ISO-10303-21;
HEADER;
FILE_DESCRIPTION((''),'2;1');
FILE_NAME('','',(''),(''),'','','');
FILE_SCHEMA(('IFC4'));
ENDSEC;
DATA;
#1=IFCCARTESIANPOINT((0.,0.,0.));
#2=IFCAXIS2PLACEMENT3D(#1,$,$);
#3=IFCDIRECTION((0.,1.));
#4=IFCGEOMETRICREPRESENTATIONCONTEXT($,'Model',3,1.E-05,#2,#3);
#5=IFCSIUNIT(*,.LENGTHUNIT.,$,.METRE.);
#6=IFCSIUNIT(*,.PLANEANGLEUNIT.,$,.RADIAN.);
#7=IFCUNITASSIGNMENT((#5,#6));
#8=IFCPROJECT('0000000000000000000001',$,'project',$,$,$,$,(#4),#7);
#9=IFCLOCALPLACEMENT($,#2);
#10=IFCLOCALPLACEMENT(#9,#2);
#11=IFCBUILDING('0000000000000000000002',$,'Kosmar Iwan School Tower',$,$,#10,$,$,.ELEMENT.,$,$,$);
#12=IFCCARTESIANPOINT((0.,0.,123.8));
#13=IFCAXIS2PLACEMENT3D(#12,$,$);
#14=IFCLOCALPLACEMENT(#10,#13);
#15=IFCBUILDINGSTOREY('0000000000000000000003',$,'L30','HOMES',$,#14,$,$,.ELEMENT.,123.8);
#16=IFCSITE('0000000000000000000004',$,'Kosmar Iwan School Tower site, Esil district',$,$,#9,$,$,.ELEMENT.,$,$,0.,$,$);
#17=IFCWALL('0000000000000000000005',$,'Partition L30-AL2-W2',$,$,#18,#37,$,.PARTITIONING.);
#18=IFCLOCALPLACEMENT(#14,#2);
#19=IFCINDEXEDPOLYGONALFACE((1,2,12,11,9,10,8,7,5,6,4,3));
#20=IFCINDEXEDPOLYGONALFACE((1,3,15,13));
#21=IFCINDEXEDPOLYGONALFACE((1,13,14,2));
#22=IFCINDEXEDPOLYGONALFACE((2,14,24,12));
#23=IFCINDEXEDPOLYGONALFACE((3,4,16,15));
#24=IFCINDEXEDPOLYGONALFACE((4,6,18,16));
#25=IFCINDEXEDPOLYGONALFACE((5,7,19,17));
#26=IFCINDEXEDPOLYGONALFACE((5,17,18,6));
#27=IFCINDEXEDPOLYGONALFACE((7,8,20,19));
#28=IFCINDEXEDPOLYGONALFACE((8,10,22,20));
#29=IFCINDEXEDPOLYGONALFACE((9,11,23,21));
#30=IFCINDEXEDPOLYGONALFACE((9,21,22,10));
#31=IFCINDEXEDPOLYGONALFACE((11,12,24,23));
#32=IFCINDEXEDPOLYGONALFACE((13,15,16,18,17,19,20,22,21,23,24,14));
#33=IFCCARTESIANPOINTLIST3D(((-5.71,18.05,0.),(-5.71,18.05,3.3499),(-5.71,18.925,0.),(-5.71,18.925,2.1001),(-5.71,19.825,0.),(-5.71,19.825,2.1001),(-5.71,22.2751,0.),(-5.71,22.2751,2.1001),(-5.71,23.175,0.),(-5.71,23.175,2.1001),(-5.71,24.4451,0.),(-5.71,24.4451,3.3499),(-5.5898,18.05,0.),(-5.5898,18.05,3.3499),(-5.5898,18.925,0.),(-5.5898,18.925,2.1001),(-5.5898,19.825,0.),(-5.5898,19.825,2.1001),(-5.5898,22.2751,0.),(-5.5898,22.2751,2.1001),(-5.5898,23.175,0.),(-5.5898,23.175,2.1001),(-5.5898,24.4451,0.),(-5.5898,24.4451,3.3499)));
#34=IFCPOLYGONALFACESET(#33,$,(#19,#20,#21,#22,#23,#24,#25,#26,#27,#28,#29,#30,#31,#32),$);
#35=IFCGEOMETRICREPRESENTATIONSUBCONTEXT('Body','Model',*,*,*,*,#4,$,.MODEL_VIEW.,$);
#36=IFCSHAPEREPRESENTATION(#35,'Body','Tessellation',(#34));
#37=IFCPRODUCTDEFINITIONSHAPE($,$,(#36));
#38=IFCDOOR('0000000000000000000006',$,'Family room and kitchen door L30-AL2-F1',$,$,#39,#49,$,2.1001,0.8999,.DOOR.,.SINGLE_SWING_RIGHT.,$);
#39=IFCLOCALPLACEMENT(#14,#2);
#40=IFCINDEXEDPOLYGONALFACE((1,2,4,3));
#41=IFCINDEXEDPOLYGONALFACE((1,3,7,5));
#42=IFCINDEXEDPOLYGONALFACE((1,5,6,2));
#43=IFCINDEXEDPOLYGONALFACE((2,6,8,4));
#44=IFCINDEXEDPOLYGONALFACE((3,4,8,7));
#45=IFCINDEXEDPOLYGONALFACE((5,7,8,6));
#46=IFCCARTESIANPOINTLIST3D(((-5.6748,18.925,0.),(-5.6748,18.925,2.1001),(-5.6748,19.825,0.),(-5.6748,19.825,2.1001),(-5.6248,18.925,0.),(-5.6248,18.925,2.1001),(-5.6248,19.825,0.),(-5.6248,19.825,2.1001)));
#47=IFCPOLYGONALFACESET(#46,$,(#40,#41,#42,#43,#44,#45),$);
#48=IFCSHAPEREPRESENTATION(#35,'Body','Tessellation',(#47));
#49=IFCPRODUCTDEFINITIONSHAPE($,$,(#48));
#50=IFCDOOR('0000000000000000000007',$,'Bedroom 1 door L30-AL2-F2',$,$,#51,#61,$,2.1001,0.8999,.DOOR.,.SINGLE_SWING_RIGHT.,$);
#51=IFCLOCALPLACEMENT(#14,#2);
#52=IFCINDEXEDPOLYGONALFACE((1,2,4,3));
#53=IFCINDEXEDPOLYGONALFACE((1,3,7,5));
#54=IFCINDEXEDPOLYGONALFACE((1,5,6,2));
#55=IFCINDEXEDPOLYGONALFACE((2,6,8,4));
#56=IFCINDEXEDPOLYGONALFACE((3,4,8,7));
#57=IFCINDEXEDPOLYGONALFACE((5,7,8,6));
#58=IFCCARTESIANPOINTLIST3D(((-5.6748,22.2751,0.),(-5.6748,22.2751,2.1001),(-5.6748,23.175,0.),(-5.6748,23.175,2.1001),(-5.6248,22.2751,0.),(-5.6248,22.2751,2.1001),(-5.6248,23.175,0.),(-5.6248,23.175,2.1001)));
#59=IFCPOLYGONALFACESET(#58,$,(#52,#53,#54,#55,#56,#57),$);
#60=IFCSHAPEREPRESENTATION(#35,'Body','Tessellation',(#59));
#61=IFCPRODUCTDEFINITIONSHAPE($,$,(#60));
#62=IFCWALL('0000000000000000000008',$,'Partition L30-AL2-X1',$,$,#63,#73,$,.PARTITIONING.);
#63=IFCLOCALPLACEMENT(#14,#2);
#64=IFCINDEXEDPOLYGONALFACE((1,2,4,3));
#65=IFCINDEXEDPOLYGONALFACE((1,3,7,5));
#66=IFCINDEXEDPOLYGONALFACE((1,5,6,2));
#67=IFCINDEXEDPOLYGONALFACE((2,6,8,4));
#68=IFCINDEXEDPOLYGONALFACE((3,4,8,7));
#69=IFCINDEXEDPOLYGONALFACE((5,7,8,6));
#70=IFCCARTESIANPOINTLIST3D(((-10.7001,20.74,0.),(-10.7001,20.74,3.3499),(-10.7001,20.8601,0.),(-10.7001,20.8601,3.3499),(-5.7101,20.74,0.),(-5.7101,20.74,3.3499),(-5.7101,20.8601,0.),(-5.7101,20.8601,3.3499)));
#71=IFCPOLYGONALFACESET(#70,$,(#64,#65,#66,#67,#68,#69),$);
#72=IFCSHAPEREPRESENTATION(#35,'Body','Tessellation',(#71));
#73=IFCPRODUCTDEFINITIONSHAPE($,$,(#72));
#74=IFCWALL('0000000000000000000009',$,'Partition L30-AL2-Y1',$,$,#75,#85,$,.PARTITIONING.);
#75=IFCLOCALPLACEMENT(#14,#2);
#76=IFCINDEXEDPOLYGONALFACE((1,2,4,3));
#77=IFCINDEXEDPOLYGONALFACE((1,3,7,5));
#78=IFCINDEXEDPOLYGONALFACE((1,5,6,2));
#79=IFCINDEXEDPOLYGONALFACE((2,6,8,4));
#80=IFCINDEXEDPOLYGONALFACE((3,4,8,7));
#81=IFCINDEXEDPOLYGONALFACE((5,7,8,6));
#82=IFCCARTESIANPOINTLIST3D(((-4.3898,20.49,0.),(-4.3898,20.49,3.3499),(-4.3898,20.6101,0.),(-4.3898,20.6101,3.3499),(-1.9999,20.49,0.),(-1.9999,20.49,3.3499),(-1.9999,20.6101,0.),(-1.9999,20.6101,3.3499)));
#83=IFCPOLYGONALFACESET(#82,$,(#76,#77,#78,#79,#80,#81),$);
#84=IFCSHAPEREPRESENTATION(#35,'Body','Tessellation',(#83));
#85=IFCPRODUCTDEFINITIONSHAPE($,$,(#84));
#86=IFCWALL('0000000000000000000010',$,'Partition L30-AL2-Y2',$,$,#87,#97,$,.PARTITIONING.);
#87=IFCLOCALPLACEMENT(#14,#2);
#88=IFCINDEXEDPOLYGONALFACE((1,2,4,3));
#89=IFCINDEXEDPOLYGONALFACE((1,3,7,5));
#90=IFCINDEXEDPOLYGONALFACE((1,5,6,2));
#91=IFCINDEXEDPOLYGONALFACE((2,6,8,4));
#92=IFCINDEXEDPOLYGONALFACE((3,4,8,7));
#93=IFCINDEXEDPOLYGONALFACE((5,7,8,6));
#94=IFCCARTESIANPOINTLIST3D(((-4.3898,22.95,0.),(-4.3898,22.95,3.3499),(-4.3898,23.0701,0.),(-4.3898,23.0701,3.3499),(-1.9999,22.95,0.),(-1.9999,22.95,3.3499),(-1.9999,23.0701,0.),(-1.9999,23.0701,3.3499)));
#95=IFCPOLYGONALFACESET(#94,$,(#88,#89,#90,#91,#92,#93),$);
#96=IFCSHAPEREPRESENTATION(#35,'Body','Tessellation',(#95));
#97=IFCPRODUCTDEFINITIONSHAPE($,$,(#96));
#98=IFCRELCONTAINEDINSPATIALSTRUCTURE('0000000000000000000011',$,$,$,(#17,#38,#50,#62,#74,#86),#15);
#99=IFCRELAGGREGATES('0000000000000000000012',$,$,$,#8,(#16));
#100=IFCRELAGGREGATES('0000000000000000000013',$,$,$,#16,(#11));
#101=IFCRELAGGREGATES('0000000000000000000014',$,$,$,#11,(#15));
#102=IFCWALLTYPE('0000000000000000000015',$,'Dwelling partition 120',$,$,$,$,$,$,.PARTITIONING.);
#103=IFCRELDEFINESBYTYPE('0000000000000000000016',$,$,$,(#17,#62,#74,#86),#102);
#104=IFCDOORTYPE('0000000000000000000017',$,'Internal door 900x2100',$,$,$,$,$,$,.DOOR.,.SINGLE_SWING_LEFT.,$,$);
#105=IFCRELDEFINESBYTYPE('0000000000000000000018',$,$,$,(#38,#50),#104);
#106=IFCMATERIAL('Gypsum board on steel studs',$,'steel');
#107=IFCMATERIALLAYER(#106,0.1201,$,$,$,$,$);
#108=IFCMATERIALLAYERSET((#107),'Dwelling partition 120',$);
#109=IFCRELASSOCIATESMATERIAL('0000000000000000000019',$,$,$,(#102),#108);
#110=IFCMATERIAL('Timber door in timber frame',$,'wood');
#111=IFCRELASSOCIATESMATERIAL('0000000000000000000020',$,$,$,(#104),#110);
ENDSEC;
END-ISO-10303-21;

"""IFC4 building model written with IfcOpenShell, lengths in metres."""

from ifc_helpers import new_model, si_unit, direction, frame, frame_2d, origin, place, context, subcontext, project, spatial, rectangle, extrude, material, layer, layer_set, type_object, element, fill, save


model = new_model("IFC4")

# Units and contexts
model_context = context("Model", 3, precision=1e-05, world=origin(), true_north=direction((0.0, 1.0)))
body_context = subcontext(model_context, "Body", "Model", "MODEL_VIEW")
ifc_project = project(units=[si_unit("LENGTHUNIT", "METRE"), si_unit("PLANEANGLEUNIT", "RADIAN")], contexts=[model_context])

# Site, building, storey
site_placement = place(None, origin())
site = spatial("IfcSite", under=ifc_project, at=site_placement, Name="Kosmar Iwan School Tower site, Esil district", CompositionType="ELEMENT", RefElevation=0.0)
building_placement = place(site_placement, origin())
building = spatial("IfcBuilding", under=site, at=building_placement, Name="Kosmar Iwan School Tower", CompositionType="ELEMENT")
storey_placement = place(building_placement, frame((0.0, 0.0, 123.8)))
storey = spatial("IfcBuildingStorey", under=building, at=storey_placement, Name="L30", Description="HOMES", CompositionType="ELEMENT", Elevation=123.8)

# Wall, openings, doors
ifc_material_1 = material(Name="Gypsum board on steel studs", Category="steel")
ifc_layer_1 = layer(ifc_material_1, 0.1201)
ifc_layer_set_1 = layer_set([ifc_layer_1], Name="Dwelling partition 120")
wall_type = type_object("IfcWallType", Name="Dwelling partition 120", PredefinedType="PARTITIONING", material=ifc_layer_set_1)
ifc_material_2 = material(Name="Timber door in timber frame", Category="wood")
door_type_1 = type_object("IfcDoorType", Name="Internal door 900x2100", OperationType="SINGLE_SWING_LEFT", PredefinedType="DOOR", material=ifc_material_2)
wall_1_placement = place(storey_placement, frame((-5.6499, 18.05, 0.0), z_axis=(0.0, 0.0, 1.0), x_axis=(0.0, 1.0, 0.0)))
wall_1 = element("IfcWall", 1, at=wall_1_placement, inside=storey, type_object=wall_type, Name="Partition L30-AL2-W2", PredefinedType="PARTITIONING", context=body_context, shape_type="SweptSolid", body=[
    extrude(rectangle(XDim=6.395, YDim=0.1201, at=frame_2d((3.1975, 0.0))), origin(), (0.0, 0.0, 1.0), 3.3499),
])
opening_1_placement = place(wall_1_placement, frame((0.875, 0.0, 0.0)))
opening_1 = element("IfcOpeningElement", 2, at=opening_1_placement, cuts=wall_1, PredefinedType="OPENING", context=body_context, shape_type="SweptSolid", body=[
    extrude(rectangle(XDim=0.8999, YDim=2.1001, at=frame_2d((0.45, 1.05))), frame((0.0, 0.072, 0.0), z_axis=(0.0, -1.0, 0.0), x_axis=(1.0, 0.0, 0.0)), (0.0, 0.0, 1.0), 0.144),
])
opening_2_placement = place(wall_1_placement, frame((4.2251, 0.0, 0.0)))
opening_2 = element("IfcOpeningElement", 3, at=opening_2_placement, cuts=wall_1, PredefinedType="OPENING", context=body_context, shape_type="SweptSolid", body=[
    extrude(rectangle(XDim=0.8999, YDim=2.1001, at=frame_2d((0.45, 1.05))), frame((0.0, 0.072, 0.0), z_axis=(0.0, -1.0, 0.0), x_axis=(1.0, 0.0, 0.0)), (0.0, 0.0, 1.0), 0.144),
])
door_1_placement = place(opening_1_placement, origin())
door_1 = element("IfcDoor", 4, at=door_1_placement, inside=storey, type_object=door_type_1, Name="Family room and kitchen door L30-AL2-F1", OperationType="SINGLE_SWING_RIGHT", OverallHeight=2.1001, OverallWidth=0.8999, PredefinedType="DOOR", context=body_context, shape_type="SweptSolid", body=[
    extrude(rectangle(XDim=0.8999, YDim=2.1001, at=frame_2d((0.45, 1.05))), frame((0.0, 0.0249, 0.0), z_axis=(0.0, -1.0, 0.0), x_axis=(1.0, 0.0, 0.0)), (0.0, 0.0, 1.0), 0.05),
])
fill(opening_1, door_1)
door_2_placement = place(opening_2_placement, origin())
door_2 = element("IfcDoor", 5, at=door_2_placement, inside=storey, type_object=door_type_1, Name="Bedroom 1 door L30-AL2-F2", OperationType="SINGLE_SWING_RIGHT", OverallHeight=2.1001, OverallWidth=0.8999, PredefinedType="DOOR", context=body_context, shape_type="SweptSolid", body=[
    extrude(rectangle(XDim=0.8999, YDim=2.1001, at=frame_2d((0.45, 1.05))), frame((0.0, 0.0249, 0.0), z_axis=(0.0, -1.0, 0.0), x_axis=(1.0, 0.0, 0.0)), (0.0, 0.0, 1.0), 0.05),
])
fill(opening_2, door_2)

# Walls
wall_2_placement = place(storey_placement, frame((-5.71, 20.8, 0.0), z_axis=(0.0, 0.0, 1.0), x_axis=(-1.0, 0.0, 0.0)))
element("IfcWall", 6, at=wall_2_placement, inside=storey, type_object=wall_type, Name="Partition L30-AL2-X1", PredefinedType="PARTITIONING", context=body_context, shape_type="SweptSolid", body=[
    extrude(rectangle(XDim=4.99, YDim=0.1201, at=frame_2d((2.4951, 0.0))), origin(), (0.0, 0.0, 1.0), 3.3499),
])
for number, where, z_axis, x_axis, name in (
    (7, (-2.0, 20.55, 0.0), (0.0, 0.0, 1.0), (-1.0, 0.0, 0.0), "Partition L30-AL2-Y1"),
    (8, (-2.0, 23.01, 0.0), (0.0, 0.0, 1.0), (-1.0, 0.0, 0.0), "Partition L30-AL2-Y2"),
):
    element("IfcWall", number, at=place(storey_placement, frame(where, z_axis=z_axis, x_axis=x_axis)), inside=storey, type_object=wall_type, Name=name, PredefinedType="PARTITIONING", context=body_context, shape_type="SweptSolid", body=[
        extrude(rectangle(XDim=2.3899, YDim=0.1201, at=frame_2d((1.1948, 0.0))), origin(), (0.0, 0.0, 1.0), 3.3499),
    ])

save(model, "model.ifc")
